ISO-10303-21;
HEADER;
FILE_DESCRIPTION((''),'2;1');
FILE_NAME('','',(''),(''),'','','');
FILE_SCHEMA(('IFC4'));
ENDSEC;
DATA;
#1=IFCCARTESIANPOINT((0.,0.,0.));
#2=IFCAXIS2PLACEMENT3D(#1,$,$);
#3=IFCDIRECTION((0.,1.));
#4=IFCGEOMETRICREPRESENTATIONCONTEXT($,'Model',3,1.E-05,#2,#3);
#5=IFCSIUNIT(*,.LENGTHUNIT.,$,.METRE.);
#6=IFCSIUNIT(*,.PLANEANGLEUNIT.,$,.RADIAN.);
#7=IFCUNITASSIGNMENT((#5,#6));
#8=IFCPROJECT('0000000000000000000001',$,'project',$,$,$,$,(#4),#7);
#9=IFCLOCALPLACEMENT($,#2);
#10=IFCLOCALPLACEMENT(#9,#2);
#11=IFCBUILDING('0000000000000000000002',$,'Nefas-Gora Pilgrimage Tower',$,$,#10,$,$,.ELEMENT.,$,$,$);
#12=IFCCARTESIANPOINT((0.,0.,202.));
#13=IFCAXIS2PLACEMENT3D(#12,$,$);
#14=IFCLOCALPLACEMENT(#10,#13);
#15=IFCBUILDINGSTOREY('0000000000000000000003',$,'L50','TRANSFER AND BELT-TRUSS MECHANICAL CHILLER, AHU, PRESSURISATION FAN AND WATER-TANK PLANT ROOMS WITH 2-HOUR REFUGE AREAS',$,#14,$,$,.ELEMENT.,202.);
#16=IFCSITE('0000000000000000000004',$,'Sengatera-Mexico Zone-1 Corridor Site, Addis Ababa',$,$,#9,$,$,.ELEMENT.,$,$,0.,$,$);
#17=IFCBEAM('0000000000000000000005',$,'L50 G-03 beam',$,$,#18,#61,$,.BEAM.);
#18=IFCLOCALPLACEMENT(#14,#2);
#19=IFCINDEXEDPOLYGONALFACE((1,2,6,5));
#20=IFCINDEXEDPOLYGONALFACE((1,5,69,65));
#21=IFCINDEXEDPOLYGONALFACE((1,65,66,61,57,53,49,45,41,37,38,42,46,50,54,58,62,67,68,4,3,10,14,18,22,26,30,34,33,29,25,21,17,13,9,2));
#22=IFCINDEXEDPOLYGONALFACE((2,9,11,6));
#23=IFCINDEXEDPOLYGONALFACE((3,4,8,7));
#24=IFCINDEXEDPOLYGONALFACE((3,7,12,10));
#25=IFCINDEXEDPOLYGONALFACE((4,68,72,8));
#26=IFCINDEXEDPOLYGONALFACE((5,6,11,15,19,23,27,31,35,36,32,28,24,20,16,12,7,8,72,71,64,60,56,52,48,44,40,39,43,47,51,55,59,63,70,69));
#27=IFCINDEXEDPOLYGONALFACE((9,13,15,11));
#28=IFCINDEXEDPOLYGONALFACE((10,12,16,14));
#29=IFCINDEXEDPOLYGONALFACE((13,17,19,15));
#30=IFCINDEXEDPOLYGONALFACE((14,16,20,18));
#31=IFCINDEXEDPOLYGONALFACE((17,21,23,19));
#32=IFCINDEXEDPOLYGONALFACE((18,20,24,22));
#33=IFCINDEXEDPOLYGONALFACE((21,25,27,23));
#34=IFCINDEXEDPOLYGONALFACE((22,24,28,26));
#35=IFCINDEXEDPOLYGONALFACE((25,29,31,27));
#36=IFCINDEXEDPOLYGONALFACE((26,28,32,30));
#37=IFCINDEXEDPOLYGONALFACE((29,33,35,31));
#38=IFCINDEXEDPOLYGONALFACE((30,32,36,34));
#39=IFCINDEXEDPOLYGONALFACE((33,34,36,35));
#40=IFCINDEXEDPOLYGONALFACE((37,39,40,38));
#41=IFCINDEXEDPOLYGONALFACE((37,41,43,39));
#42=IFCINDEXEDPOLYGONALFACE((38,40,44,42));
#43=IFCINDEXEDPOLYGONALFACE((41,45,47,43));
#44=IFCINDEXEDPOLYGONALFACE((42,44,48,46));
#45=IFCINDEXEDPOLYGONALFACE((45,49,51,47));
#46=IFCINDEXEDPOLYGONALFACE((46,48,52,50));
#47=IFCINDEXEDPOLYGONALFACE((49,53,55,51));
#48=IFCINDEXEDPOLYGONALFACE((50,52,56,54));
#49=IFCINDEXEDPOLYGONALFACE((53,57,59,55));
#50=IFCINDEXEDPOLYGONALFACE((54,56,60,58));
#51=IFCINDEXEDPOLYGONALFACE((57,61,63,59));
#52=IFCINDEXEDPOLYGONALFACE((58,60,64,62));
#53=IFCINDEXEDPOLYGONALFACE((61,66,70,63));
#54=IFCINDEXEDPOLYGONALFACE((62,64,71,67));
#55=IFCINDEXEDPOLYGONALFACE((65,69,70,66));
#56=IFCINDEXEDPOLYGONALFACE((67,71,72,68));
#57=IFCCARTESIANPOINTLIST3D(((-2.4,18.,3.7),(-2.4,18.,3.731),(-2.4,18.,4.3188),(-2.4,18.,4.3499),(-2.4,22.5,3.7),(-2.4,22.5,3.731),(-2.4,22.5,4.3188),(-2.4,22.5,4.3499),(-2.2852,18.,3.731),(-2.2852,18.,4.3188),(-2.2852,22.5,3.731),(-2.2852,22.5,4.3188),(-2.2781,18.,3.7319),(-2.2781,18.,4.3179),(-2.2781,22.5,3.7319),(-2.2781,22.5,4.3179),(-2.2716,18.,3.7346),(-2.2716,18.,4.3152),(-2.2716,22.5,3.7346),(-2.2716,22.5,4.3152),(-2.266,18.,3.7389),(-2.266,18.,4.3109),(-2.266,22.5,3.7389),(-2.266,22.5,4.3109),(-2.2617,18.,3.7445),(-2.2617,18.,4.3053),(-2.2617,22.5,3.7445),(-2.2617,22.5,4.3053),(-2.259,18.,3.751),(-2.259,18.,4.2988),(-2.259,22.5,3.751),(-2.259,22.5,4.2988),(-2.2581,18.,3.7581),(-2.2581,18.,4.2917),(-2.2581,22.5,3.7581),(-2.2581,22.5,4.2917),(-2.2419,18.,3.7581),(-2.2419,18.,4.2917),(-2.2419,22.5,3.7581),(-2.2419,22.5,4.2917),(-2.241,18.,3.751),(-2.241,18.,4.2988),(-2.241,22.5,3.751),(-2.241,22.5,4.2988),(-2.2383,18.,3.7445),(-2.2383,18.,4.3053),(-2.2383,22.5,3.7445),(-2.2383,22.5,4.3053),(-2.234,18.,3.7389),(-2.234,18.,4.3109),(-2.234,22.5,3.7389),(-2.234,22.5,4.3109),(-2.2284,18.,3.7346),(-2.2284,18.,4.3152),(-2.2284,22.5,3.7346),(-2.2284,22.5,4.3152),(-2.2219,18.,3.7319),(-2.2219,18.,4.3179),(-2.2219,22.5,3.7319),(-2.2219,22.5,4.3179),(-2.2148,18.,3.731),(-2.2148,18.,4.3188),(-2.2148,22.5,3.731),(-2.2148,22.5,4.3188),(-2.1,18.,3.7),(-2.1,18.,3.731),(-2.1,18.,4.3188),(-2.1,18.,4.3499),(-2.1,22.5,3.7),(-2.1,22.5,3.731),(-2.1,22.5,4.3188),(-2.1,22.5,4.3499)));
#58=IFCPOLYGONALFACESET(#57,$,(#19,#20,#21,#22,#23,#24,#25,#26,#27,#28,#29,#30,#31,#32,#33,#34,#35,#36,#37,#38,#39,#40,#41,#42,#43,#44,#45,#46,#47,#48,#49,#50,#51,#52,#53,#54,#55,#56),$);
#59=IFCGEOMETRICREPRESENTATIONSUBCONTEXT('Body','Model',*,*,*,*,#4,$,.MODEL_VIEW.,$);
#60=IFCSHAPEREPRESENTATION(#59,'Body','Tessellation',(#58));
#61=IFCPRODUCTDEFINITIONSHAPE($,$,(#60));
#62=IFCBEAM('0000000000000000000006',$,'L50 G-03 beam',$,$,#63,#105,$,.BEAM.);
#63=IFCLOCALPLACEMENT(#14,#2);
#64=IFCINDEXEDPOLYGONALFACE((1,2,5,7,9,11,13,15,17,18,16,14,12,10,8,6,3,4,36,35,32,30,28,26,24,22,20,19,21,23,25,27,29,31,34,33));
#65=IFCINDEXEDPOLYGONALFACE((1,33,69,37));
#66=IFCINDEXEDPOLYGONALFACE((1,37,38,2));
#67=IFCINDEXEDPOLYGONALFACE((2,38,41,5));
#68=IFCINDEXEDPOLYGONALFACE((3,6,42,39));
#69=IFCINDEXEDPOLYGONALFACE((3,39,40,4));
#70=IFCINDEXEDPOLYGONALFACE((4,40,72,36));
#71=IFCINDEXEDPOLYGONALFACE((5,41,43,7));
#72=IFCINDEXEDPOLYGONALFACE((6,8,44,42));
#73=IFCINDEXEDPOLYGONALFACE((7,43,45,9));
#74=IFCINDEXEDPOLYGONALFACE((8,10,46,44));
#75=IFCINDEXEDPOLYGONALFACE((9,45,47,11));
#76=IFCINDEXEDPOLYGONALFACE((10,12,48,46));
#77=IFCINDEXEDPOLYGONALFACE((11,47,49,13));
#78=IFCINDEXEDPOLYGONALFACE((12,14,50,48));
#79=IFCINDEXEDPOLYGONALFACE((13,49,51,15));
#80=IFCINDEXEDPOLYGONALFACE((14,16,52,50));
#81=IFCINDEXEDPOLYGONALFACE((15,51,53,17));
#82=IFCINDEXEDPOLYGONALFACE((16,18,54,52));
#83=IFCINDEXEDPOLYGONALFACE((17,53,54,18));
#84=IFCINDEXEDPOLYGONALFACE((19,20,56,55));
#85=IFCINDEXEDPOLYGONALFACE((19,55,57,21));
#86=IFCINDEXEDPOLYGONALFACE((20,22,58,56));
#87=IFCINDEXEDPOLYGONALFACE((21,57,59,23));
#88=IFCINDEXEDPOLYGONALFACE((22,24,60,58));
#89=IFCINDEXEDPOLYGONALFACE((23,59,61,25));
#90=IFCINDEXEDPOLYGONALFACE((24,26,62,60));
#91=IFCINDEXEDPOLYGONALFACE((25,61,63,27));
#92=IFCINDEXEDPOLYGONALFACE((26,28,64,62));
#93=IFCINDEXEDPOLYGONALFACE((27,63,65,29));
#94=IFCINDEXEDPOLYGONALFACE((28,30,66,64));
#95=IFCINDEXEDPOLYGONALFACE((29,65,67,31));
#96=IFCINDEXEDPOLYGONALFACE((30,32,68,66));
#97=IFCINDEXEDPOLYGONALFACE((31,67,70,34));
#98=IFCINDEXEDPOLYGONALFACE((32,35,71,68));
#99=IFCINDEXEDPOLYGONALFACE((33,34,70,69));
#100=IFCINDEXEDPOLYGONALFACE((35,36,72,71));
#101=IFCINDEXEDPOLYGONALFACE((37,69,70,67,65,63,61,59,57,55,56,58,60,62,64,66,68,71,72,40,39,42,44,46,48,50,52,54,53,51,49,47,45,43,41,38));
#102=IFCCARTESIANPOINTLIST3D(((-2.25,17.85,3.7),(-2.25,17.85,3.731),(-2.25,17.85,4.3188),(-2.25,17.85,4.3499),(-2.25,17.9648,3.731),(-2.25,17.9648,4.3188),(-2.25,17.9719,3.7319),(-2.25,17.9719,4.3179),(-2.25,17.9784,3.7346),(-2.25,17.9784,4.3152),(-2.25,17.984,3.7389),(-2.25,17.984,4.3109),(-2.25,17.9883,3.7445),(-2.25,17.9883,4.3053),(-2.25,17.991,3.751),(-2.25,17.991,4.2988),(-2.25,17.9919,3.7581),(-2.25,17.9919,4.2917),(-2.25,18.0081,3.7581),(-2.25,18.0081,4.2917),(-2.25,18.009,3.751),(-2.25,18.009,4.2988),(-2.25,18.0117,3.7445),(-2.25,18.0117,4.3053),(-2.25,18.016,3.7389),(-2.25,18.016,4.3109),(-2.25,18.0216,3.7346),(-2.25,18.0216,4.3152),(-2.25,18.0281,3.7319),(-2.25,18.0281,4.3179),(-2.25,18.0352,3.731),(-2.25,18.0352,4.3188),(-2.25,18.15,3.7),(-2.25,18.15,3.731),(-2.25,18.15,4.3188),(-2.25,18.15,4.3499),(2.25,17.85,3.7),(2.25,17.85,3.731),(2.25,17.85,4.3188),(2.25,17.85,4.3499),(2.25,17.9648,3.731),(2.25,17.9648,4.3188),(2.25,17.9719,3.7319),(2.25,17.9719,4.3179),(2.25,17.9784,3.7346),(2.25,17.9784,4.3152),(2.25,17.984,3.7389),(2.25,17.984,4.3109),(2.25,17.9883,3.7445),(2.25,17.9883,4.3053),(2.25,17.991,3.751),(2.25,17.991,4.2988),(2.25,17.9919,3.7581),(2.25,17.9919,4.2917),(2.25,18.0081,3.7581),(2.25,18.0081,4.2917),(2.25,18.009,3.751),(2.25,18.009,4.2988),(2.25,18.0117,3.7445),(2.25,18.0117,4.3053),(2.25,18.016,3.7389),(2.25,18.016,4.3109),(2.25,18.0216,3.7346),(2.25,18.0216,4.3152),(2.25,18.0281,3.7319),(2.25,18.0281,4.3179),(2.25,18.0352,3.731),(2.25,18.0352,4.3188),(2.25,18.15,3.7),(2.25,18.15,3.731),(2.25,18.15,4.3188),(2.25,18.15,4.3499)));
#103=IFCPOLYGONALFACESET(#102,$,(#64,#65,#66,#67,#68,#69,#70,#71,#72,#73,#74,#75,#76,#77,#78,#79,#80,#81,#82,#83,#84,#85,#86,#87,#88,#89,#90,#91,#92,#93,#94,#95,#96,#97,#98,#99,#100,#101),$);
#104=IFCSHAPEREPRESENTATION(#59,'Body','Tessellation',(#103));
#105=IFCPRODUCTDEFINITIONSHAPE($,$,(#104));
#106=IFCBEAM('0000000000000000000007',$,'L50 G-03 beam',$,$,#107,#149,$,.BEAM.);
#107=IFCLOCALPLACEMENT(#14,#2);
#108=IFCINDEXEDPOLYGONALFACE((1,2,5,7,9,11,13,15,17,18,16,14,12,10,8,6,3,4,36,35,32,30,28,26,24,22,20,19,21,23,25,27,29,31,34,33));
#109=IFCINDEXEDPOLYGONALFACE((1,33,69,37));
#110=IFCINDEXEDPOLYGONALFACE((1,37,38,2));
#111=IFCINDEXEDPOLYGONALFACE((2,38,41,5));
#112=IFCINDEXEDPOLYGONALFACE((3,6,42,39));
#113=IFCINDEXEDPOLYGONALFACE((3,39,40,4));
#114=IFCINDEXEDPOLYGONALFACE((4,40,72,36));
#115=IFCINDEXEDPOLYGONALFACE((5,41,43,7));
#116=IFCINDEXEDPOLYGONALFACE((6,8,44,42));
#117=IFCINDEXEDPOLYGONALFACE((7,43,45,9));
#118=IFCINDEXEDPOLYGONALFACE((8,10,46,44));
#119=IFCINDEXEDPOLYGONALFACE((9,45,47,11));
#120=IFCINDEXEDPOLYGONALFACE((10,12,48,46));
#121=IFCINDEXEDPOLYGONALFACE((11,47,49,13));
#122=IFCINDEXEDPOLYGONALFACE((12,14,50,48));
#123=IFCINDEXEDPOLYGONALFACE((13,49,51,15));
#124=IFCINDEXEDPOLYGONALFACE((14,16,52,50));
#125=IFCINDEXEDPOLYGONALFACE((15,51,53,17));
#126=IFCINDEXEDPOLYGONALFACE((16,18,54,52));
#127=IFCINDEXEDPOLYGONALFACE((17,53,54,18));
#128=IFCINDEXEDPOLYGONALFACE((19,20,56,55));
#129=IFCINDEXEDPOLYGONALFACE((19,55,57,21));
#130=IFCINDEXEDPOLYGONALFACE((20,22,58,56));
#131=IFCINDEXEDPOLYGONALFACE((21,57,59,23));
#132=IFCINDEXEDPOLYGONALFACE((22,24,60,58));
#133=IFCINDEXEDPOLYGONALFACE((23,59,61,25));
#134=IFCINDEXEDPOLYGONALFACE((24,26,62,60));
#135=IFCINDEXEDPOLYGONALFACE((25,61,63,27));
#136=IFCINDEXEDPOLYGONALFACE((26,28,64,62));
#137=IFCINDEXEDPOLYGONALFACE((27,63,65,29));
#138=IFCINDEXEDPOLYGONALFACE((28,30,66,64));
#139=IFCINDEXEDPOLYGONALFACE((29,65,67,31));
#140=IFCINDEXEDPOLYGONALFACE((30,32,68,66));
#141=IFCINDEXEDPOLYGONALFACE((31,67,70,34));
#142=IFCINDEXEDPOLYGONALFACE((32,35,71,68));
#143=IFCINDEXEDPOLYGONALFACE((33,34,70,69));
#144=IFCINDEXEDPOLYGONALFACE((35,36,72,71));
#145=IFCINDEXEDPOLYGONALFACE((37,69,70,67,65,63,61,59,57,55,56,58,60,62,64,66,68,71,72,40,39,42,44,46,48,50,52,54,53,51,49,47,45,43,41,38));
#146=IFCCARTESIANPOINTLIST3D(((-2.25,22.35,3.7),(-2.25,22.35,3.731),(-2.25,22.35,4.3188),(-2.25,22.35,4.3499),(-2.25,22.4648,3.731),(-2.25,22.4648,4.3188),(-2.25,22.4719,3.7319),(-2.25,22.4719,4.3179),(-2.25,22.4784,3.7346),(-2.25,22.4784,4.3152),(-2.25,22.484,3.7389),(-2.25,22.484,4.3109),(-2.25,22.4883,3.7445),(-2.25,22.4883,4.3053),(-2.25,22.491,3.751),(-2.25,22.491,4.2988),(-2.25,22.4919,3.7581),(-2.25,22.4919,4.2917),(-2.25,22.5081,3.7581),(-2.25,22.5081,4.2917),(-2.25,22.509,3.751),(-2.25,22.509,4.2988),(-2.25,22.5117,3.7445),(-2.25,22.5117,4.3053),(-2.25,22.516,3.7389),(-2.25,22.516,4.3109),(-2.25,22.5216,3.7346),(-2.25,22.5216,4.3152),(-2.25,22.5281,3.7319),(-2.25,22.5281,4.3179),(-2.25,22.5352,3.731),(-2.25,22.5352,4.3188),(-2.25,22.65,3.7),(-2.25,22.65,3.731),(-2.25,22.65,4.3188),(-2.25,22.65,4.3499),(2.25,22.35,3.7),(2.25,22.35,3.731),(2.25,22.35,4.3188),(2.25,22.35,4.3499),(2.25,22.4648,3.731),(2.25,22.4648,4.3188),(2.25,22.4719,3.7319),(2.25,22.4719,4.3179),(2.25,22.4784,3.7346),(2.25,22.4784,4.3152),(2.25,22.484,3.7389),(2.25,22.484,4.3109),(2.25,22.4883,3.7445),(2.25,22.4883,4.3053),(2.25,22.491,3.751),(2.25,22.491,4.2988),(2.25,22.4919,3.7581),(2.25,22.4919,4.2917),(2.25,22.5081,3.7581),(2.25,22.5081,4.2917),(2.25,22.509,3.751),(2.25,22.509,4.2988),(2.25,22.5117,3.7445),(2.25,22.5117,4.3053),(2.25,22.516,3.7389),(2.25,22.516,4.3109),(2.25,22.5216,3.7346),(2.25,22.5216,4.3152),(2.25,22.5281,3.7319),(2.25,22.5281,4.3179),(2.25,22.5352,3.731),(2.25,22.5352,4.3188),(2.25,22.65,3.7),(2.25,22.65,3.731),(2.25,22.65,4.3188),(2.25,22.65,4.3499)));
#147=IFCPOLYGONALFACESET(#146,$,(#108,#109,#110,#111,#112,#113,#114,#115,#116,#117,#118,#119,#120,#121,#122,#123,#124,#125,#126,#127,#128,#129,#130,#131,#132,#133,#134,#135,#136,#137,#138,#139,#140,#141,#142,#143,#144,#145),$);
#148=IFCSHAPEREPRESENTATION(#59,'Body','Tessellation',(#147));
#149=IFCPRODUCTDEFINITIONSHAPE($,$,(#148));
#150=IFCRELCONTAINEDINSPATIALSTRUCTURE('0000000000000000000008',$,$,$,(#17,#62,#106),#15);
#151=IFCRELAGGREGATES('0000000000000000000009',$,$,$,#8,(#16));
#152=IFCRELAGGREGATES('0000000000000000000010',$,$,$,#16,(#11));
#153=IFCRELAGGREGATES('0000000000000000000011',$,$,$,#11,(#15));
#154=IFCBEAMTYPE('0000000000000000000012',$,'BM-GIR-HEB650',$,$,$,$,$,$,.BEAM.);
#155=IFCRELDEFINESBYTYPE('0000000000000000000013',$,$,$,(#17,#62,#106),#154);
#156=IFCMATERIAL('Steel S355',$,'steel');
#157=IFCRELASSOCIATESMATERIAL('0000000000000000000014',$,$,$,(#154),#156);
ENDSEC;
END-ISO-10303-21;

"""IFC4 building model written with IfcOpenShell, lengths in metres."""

from ifc_helpers import new_model, si_unit, direction, frame, origin, origin_2d, place, context, subcontext, project, spatial, i_section, extrude, source, transform, mapped, material, material_profile, profile_set, type_object, element, save


model = new_model("IFC4")

# Units and contexts
model_context = context("Model", 3, precision=1e-05, world=origin(), true_north=direction((0.0, 1.0)))
body_context = subcontext(model_context, "Body", "Model", "MODEL_VIEW")
ifc_project = project(units=[si_unit("LENGTHUNIT", "METRE"), si_unit("PLANEANGLEUNIT", "RADIAN")], contexts=[model_context])

# Site, building, storey
site_placement = place(None, origin())
site = spatial("IfcSite", under=ifc_project, at=site_placement, Name="Sengatera-Mexico Zone-1 Corridor Site, Addis Ababa", CompositionType="ELEMENT", RefElevation=0.0)
building_placement = place(site_placement, origin())
building = spatial("IfcBuilding", under=site, at=building_placement, Name="Nefas-Gora Pilgrimage Tower", CompositionType="ELEMENT")
storey_placement = place(building_placement, frame((0.0, 0.0, 202.0)))
storey = spatial("IfcBuildingStorey", under=building, at=storey_placement, Name="L50", Description="TRANSFER AND BELT-TRUSS MECHANICAL CHILLER, AHU, PRESSURISATION FAN AND WATER-TANK PLANT ROOMS WITH 2-HOUR REFUGE AREAS", CompositionType="ELEMENT", Elevation=202.0)

# Beams
ifc_material_1 = material(Name="Steel S355", Category="steel")
ifc_material_profile_1 = material_profile(ifc_material_1, i_section(OverallWidth=0.3, OverallDepth=0.6499, WebThickness=0.0161, FlangeThickness=0.031, FilletRadius=0.0271, at=origin_2d()), Name="HEB 650")
ifc_profile_set_1 = profile_set([ifc_material_profile_1], Name="Steel S355")
beam_type = type_object("IfcBeamType", Name="BM-GIR-HEB650", PredefinedType="BEAM", material=ifc_profile_set_1)
shared_shape_1 = source(origin(), body_context, "Body", "SweptSolid", [
    extrude(i_section(OverallWidth=0.3, OverallDepth=0.6499, WebThickness=0.0161, FlangeThickness=0.031, FilletRadius=0.0271, at=origin_2d()), origin(), (0.0, 0.0, 1.0), 4.5),
])
for number, where, z_axis, x_axis, name in (
    (1, (-2.25, 18.0, 4.0249), (0.0, 1.0, 0.0), (-1.0, 0.0, 0.0), "L50 G-03 beam"),
    (2, (-2.25, 18.0, 4.0249), (1.0, 0.0, 0.0), (0.0, 1.0, 0.0), "L50 G-03 beam"),
    (3, (-2.25, 22.5, 4.0249), (1.0, 0.0, 0.0), (0.0, 1.0, 0.0), "L50 G-03 beam"),
):
    element("IfcBeam", number, at=place(storey_placement, frame(where, z_axis=z_axis, x_axis=x_axis)), inside=storey, type_object=beam_type, Name=name, PredefinedType="BEAM", context=body_context, shape_type="MappedRepresentation", body=[
        mapped(shared_shape_1, transform((0.0, 0.0, 0.0), x_axis=(1.0, 0.0, 0.0), y_axis=(0.0, 1.0, 0.0), z_axis=(0.0, 0.0, 1.0), scale=1.0)),
    ])

save(model, "model.ifc")
